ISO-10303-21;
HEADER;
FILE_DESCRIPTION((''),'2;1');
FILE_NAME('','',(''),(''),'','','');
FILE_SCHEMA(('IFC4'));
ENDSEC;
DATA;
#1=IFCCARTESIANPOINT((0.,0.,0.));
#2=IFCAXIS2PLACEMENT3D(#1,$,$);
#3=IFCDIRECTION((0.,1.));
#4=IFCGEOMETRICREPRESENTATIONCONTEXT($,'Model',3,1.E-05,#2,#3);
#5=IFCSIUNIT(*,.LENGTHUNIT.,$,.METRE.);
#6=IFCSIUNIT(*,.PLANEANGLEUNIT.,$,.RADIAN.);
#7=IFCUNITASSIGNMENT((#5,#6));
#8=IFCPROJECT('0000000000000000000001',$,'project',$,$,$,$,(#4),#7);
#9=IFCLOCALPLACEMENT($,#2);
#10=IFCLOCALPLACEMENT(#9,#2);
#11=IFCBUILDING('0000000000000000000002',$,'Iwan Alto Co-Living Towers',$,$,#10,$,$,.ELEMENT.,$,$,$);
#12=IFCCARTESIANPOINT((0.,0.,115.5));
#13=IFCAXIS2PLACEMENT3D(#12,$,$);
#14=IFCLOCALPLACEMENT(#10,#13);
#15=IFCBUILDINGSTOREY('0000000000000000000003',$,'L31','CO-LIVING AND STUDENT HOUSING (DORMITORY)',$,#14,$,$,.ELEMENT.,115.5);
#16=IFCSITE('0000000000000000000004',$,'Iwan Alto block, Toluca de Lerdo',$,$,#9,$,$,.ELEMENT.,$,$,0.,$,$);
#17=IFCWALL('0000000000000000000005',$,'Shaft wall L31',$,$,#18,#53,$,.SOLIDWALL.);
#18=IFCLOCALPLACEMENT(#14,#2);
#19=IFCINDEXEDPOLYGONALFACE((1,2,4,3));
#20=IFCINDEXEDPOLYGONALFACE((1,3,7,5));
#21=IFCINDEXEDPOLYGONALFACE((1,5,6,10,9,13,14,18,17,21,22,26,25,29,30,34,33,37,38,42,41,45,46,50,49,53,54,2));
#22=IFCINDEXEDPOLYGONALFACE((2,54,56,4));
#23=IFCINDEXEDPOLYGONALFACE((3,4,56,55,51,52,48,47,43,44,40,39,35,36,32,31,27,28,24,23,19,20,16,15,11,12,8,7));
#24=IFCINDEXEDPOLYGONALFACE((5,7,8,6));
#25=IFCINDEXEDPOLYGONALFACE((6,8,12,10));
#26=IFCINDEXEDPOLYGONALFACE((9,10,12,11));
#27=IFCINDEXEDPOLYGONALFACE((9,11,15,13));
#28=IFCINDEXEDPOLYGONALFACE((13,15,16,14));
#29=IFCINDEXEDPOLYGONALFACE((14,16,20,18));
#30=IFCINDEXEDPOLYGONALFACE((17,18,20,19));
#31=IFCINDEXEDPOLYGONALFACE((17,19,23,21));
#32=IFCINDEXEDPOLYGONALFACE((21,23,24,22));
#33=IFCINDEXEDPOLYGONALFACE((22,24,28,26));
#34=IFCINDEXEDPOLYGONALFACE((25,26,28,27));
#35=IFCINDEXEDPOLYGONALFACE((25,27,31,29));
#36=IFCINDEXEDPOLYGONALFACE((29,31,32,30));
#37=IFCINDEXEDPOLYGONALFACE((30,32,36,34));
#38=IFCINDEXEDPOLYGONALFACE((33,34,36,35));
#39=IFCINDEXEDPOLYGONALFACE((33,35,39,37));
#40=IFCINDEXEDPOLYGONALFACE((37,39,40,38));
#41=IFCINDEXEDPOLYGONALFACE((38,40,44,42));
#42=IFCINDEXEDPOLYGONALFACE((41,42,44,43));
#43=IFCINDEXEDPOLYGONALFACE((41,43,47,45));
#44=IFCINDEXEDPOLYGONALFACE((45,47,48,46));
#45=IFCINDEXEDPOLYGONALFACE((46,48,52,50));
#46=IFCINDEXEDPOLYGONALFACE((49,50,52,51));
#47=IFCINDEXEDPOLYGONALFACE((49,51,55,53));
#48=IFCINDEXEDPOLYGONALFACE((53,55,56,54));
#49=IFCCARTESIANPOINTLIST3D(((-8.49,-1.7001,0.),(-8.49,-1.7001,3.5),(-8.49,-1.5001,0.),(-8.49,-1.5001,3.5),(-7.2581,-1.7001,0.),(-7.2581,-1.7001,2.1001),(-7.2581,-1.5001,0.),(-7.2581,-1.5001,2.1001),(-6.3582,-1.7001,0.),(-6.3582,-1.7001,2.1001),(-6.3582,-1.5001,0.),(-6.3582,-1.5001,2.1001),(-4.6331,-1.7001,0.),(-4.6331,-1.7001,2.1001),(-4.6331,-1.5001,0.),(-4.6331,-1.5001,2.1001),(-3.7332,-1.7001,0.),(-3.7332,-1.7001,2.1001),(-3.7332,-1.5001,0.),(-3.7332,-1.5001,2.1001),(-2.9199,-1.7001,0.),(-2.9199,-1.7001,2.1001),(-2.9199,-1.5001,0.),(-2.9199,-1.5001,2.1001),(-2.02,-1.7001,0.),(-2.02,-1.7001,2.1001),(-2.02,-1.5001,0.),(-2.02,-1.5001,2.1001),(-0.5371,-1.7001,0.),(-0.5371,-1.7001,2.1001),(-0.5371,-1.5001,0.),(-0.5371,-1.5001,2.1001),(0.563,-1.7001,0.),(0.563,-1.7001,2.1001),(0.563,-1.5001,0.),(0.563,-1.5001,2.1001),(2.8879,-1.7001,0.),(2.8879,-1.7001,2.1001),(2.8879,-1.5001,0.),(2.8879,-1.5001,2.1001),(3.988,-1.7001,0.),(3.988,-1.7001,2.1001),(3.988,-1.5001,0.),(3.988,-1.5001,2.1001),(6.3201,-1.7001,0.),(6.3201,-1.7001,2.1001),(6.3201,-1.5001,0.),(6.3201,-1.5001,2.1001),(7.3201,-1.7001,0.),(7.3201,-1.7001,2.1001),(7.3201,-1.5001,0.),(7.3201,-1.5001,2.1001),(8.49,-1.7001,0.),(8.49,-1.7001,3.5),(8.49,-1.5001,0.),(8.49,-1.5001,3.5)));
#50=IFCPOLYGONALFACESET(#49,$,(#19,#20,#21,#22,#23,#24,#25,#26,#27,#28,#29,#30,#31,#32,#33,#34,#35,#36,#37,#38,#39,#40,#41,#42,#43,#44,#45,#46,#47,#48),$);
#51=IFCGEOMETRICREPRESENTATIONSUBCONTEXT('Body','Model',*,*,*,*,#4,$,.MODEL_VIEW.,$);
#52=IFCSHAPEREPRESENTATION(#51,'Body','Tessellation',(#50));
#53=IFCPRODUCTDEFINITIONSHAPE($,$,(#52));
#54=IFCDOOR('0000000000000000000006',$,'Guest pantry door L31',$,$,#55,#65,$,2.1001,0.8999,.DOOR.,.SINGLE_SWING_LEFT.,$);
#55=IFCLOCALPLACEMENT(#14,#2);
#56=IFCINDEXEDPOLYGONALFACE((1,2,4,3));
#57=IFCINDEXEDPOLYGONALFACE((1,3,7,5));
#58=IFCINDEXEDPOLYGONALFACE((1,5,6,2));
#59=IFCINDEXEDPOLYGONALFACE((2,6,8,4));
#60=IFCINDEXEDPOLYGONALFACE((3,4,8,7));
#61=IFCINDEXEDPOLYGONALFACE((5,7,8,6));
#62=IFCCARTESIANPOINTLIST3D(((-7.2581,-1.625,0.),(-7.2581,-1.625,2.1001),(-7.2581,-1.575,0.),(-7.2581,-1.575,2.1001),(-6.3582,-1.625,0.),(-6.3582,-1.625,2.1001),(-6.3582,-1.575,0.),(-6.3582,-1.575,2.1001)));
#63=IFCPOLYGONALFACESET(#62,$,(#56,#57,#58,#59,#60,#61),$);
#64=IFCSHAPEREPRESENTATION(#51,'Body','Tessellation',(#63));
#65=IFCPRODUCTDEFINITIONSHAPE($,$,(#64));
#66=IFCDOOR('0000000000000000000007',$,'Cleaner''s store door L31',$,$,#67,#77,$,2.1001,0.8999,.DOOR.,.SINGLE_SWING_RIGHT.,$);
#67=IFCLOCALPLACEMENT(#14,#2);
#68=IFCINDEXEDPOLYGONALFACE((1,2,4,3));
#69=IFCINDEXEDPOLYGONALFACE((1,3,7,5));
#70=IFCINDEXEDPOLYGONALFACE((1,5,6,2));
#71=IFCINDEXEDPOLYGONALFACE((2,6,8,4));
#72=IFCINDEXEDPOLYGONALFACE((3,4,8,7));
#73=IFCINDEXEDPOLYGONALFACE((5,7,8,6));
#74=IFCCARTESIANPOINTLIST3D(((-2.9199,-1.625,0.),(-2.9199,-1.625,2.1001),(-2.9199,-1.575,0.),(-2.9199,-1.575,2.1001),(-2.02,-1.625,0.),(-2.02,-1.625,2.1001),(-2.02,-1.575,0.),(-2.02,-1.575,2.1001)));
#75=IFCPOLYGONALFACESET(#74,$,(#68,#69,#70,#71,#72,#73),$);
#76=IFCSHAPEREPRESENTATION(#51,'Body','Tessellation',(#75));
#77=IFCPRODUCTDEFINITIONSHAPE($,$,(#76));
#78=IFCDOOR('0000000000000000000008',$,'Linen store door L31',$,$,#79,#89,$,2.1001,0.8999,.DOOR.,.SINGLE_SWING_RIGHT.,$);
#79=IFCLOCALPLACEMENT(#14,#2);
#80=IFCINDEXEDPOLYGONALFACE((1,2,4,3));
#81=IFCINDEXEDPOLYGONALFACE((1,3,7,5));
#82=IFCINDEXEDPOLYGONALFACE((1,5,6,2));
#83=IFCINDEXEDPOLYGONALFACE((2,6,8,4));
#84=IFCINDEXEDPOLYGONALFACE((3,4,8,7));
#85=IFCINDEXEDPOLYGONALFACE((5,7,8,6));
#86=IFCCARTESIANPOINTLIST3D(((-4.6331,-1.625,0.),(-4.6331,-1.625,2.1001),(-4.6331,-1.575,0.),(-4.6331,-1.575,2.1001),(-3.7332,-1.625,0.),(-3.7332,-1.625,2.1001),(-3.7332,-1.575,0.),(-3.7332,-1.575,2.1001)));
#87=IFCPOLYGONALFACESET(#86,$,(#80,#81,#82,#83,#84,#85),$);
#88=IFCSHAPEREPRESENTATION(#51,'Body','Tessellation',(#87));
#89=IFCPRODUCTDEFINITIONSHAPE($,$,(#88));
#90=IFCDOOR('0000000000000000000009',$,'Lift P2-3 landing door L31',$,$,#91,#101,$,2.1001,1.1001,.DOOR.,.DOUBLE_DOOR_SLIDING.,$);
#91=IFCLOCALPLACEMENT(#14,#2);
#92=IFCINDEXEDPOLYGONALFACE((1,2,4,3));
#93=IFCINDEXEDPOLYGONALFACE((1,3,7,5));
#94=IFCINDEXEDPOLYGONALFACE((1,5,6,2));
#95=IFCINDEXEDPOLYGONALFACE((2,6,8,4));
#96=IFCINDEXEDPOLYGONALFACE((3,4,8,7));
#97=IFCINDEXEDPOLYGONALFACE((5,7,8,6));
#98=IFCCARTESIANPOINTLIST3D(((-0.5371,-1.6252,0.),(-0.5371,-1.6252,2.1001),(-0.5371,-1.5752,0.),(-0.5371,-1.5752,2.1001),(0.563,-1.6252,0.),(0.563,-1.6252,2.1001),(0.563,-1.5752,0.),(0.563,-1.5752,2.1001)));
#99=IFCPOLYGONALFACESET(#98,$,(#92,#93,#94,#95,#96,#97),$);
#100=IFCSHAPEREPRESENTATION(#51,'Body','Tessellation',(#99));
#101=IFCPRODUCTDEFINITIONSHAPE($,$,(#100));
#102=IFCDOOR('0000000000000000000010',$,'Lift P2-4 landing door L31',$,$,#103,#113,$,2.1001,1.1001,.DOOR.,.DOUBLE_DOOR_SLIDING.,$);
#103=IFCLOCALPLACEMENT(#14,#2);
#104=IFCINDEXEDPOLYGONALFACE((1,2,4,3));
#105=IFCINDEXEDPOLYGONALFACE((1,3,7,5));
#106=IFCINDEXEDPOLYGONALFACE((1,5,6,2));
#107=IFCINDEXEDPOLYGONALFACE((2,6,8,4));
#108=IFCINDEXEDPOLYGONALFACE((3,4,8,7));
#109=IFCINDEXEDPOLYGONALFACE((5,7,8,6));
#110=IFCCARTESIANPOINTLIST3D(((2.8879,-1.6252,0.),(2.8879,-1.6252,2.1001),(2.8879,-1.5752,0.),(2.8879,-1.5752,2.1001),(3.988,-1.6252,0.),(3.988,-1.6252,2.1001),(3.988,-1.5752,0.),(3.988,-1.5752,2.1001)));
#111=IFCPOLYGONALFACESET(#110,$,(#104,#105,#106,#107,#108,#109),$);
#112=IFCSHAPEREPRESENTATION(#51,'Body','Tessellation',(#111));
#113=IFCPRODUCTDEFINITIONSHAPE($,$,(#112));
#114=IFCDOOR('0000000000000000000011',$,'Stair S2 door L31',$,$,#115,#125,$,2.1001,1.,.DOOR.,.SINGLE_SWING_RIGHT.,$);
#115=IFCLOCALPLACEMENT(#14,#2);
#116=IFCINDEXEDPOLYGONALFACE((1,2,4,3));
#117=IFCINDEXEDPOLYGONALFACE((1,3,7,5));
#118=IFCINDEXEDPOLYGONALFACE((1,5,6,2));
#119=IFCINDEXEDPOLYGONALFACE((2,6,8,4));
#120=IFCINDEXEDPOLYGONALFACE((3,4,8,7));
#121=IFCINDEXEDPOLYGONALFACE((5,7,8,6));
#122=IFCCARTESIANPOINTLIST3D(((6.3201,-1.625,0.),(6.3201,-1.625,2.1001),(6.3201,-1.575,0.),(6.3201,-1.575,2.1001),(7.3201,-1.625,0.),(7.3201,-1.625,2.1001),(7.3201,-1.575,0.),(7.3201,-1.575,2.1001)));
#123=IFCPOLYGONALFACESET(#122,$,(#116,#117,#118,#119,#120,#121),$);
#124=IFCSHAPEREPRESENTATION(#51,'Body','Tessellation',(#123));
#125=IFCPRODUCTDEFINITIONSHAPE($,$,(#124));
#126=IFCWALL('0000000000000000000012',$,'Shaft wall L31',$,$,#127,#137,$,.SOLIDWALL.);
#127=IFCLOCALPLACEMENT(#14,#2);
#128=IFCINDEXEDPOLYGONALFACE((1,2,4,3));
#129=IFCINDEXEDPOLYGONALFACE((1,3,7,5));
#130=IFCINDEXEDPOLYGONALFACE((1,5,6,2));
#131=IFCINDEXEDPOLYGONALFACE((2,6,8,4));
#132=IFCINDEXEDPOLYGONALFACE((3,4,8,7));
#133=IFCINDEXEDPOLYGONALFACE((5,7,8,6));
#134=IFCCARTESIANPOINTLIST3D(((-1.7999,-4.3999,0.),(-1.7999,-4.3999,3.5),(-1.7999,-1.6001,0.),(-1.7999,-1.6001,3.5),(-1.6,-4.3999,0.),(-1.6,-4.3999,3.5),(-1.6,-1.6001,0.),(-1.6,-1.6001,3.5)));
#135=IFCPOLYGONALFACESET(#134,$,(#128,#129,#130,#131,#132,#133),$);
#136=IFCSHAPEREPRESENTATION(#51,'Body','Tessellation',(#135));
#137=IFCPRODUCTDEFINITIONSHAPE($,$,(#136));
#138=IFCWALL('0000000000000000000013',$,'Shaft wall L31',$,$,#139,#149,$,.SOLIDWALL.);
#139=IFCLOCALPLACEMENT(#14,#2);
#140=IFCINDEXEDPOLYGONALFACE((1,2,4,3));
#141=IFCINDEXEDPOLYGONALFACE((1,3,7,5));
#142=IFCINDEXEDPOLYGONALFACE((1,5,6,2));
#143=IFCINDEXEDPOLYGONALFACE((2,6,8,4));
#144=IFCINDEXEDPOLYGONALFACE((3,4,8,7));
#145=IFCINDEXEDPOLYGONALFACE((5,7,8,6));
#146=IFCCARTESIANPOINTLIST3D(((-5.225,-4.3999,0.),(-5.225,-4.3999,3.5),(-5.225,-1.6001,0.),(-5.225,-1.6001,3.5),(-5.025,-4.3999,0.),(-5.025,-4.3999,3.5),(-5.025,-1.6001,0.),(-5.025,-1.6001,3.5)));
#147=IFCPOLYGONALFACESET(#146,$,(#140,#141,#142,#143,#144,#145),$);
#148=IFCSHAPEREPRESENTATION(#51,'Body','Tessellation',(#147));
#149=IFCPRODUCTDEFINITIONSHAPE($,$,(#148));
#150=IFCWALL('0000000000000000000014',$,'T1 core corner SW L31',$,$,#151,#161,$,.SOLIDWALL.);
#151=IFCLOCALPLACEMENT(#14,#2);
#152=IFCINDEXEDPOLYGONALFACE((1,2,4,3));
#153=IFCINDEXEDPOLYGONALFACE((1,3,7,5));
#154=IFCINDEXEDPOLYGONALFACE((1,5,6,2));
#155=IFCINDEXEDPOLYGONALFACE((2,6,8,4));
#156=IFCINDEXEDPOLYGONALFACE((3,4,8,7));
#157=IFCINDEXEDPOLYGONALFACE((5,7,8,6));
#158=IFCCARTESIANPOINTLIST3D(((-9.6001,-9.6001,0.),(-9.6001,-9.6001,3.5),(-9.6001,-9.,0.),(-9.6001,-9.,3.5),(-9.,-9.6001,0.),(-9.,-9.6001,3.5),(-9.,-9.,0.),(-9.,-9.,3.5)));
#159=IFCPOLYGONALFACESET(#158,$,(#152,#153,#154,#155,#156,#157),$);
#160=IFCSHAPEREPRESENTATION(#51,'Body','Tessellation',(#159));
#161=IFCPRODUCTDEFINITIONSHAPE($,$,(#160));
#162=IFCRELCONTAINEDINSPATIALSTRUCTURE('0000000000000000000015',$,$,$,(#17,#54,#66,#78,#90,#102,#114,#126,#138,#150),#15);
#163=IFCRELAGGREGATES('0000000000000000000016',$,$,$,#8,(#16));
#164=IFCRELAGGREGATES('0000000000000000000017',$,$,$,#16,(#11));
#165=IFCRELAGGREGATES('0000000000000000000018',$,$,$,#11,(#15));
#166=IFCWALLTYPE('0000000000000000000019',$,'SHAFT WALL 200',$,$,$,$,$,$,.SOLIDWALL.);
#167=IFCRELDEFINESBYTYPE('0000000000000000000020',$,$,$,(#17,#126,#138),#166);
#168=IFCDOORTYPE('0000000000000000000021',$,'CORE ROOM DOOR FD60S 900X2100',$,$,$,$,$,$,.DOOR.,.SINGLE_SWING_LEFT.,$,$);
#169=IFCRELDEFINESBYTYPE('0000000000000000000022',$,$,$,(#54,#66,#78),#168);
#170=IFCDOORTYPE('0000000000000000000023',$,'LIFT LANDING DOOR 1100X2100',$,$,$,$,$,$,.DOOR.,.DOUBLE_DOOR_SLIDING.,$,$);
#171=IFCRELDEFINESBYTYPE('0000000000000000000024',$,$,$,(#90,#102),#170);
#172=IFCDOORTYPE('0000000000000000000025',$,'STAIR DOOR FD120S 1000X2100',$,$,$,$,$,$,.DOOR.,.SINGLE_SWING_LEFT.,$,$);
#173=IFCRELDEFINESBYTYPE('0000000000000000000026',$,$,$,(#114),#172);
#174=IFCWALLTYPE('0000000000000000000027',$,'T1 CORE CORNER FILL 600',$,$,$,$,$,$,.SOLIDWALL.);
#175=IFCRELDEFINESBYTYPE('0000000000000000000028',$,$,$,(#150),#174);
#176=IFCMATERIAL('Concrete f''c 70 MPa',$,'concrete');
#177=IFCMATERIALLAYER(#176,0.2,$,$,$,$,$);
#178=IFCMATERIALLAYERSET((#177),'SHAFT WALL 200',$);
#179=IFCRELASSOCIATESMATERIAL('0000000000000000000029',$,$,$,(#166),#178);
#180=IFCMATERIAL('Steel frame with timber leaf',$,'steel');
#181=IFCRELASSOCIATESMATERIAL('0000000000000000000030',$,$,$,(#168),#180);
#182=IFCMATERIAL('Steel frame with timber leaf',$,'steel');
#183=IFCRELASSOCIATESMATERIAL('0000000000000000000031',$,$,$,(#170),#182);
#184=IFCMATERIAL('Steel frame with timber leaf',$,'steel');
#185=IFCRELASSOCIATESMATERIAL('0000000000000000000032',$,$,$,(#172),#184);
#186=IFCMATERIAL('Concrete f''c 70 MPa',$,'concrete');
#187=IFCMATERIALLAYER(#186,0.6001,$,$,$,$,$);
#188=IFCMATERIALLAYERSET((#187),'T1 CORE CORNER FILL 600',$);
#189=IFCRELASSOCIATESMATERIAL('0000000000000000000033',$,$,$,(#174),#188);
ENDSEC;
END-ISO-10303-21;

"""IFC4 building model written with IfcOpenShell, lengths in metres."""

from ifc_helpers import new_model, si_unit, direction, frame, frame_2d, origin, place, context, subcontext, project, spatial, rectangle, extrude, material, layer, layer_set, type_object, element, fill, save


model = new_model("IFC4")

# Units and contexts
model_context = context("Model", 3, precision=1e-05, world=origin(), true_north=direction((0.0, 1.0)))
body_context = subcontext(model_context, "Body", "Model", "MODEL_VIEW")
ifc_project = project(units=[si_unit("LENGTHUNIT", "METRE"), si_unit("PLANEANGLEUNIT", "RADIAN")], contexts=[model_context])

# Site, building, storey
site_placement = place(None, origin())
site = spatial("IfcSite", under=ifc_project, at=site_placement, Name="Iwan Alto block, Toluca de Lerdo", CompositionType="ELEMENT", RefElevation=0.0)
building_placement = place(site_placement, origin())
building = spatial("IfcBuilding", under=site, at=building_placement, Name="Iwan Alto Co-Living Towers", CompositionType="ELEMENT")
storey_placement = place(building_placement, frame((0.0, 0.0, 115.5)))
storey = spatial("IfcBuildingStorey", under=building, at=storey_placement, Name="L31", Description="CO-LIVING AND STUDENT HOUSING (DORMITORY)", CompositionType="ELEMENT", Elevation=115.5)

# Shared definitions
ifc_material_1 = material(Name="Concrete f'c 70 MPa", Category="concrete")
ifc_layer_1 = layer(ifc_material_1, 0.2)
ifc_layer_set_1 = layer_set([ifc_layer_1], Name="SHAFT WALL 200")
wall_type_1 = type_object("IfcWallType", Name="SHAFT WALL 200", PredefinedType="SOLIDWALL", material=ifc_layer_set_1)

# Wall, openings, doors
wall_1_placement = place(storey_placement, frame((-8.49, -1.6001, 0.0), z_axis=(0.0, 0.0, 1.0), x_axis=(1.0, 0.0, 0.0)))
wall_1 = element("IfcWall", 1, at=wall_1_placement, inside=storey, type_object=wall_type_1, Name="Shaft wall L31", PredefinedType="SOLIDWALL", context=body_context, shape_type="SweptSolid", body=[
    extrude(rectangle(XDim=16.98, YDim=0.2, at=frame_2d((8.49, 0.0))), origin(), (0.0, 0.0, 1.0), 3.5),
])
opening_1_placement = place(wall_1_placement, frame((14.8101, 0.0, 0.0)))
opening_1 = element("IfcOpeningElement", 2, at=opening_1_placement, cuts=wall_1, PredefinedType="OPENING", context=body_context, shape_type="SweptSolid", body=[
    extrude(rectangle(XDim=1.0, YDim=2.1001, at=frame_2d((0.5, 1.05))), frame((0.0, 0.1099, 0.0), z_axis=(0.0, -1.0, 0.0), x_axis=(1.0, 0.0, 0.0)), (0.0, 0.0, 1.0), 0.22),
])
opening_2_placement = place(wall_1_placement, frame((1.2319, 0.0, 0.0)))
opening_2 = element("IfcOpeningElement", 3, at=opening_2_placement, cuts=wall_1, PredefinedType="OPENING", context=body_context, shape_type="SweptSolid", body=[
    extrude(rectangle(XDim=0.8999, YDim=2.1001, at=frame_2d((0.45, 1.05))), frame((0.0, 0.1099, 0.0), z_axis=(0.0, -1.0, 0.0), x_axis=(1.0, 0.0, 0.0)), (0.0, 0.0, 1.0), 0.22),
])
opening_3_placement = place(wall_1_placement, frame((5.5701, 0.0, 0.0)))
opening_3 = element("IfcOpeningElement", 4, at=opening_3_placement, cuts=wall_1, PredefinedType="OPENING", context=body_context, shape_type="SweptSolid", body=[
    extrude(rectangle(XDim=0.8999, YDim=2.1001, at=frame_2d((0.45, 1.05))), frame((0.0, 0.1099, 0.0), z_axis=(0.0, -1.0, 0.0), x_axis=(1.0, 0.0, 0.0)), (0.0, 0.0, 1.0), 0.22),
])
opening_4_placement = place(wall_1_placement, frame((3.8569, 0.0, 0.0)))
opening_4 = element("IfcOpeningElement", 5, at=opening_4_placement, cuts=wall_1, PredefinedType="OPENING", context=body_context, shape_type="SweptSolid", body=[
    extrude(rectangle(XDim=0.8999, YDim=2.1001, at=frame_2d((0.45, 1.05))), frame((0.0, 0.1099, 0.0), z_axis=(0.0, -1.0, 0.0), x_axis=(1.0, 0.0, 0.0)), (0.0, 0.0, 1.0), 0.22),
])
opening_5_placement = place(wall_1_placement, frame((7.9529, 0.0, 0.0)))
opening_5 = element("IfcOpeningElement", 6, at=opening_5_placement, cuts=wall_1, PredefinedType="OPENING", context=body_context, shape_type="SweptSolid", body=[
    extrude(rectangle(XDim=1.1001, YDim=2.1001, at=frame_2d((0.55, 1.05))), frame((0.0, 0.1099, 0.0), z_axis=(0.0, -1.0, 0.0), x_axis=(1.0, 0.0, 0.0)), (0.0, 0.0, 1.0), 0.22),
])
opening_6_placement = place(wall_1_placement, frame((11.3779, 0.0, 0.0)))
opening_6 = element("IfcOpeningElement", 7, at=opening_6_placement, cuts=wall_1, PredefinedType="OPENING", context=body_context, shape_type="SweptSolid", body=[
    extrude(rectangle(XDim=1.1001, YDim=2.1001, at=frame_2d((0.55, 1.05))), frame((0.0, 0.1099, 0.0), z_axis=(0.0, -1.0, 0.0), x_axis=(1.0, 0.0, 0.0)), (0.0, 0.0, 1.0), 0.22),
])
ifc_material_2 = material(Name="Steel frame with timber leaf", Category="steel")
door_type_1 = type_object("IfcDoorType", Name="CORE ROOM DOOR FD60S 900X2100", OperationType="SINGLE_SWING_LEFT", PredefinedType="DOOR", material=ifc_material_2)
door_1_placement = place(opening_2_placement, frame((0.8999, 0.0, 0.0), z_axis=(0.0, 0.0, 1.0), x_axis=(-1.0, 0.0, 0.0)))
door_1 = element("IfcDoor", 8, at=door_1_placement, inside=storey, type_object=door_type_1, Name="Guest pantry door L31", OperationType="SINGLE_SWING_LEFT", OverallHeight=2.1001, OverallWidth=0.8999, PredefinedType="DOOR", context=body_context, shape_type="SweptSolid", body=[
    extrude(rectangle(XDim=0.8999, YDim=2.1001, at=frame_2d((0.45, 1.05))), frame((0.0, 0.0249, 0.0), z_axis=(0.0, -1.0, 0.0), x_axis=(1.0, 0.0, 0.0)), (0.0, 0.0, 1.0), 0.05),
])
fill(opening_2, door_1)
door_2_placement = place(opening_3_placement, frame((0.8999, 0.0, 0.0), z_axis=(0.0, 0.0, 1.0), x_axis=(-1.0, 0.0, 0.0)))
door_2 = element("IfcDoor", 9, at=door_2_placement, inside=storey, type_object=door_type_1, Name="Cleaner's store door L31", OperationType="SINGLE_SWING_RIGHT", OverallHeight=2.1001, OverallWidth=0.8999, PredefinedType="DOOR", context=body_context, shape_type="SweptSolid", body=[
    extrude(rectangle(XDim=0.8999, YDim=2.1001, at=frame_2d((0.45, 1.05))), frame((0.0, 0.0249, 0.0), z_axis=(0.0, -1.0, 0.0), x_axis=(1.0, 0.0, 0.0)), (0.0, 0.0, 1.0), 0.05),
])
fill(opening_3, door_2)
door_3_placement = place(opening_4_placement, frame((0.8999, 0.0, 0.0), z_axis=(0.0, 0.0, 1.0), x_axis=(-1.0, 0.0, 0.0)))
door_3 = element("IfcDoor", 10, at=door_3_placement, inside=storey, type_object=door_type_1, Name="Linen store door L31", OperationType="SINGLE_SWING_RIGHT", OverallHeight=2.1001, OverallWidth=0.8999, PredefinedType="DOOR", context=body_context, shape_type="SweptSolid", body=[
    extrude(rectangle(XDim=0.8999, YDim=2.1001, at=frame_2d((0.45, 1.05))), frame((0.0, 0.0249, 0.0), z_axis=(0.0, -1.0, 0.0), x_axis=(1.0, 0.0, 0.0)), (0.0, 0.0, 1.0), 0.05),
])
fill(opening_4, door_3)
ifc_material_3 = material(Name="Steel frame with timber leaf", Category="steel")
door_type_2 = type_object("IfcDoorType", Name="LIFT LANDING DOOR 1100X2100", OperationType="DOUBLE_DOOR_SLIDING", PredefinedType="DOOR", material=ifc_material_3)
door_4_placement = place(opening_5_placement, origin())
door_4 = element("IfcDoor", 11, at=door_4_placement, inside=storey, type_object=door_type_2, Name="Lift P2-3 landing door L31", OperationType="DOUBLE_DOOR_SLIDING", OverallHeight=2.1001, OverallWidth=1.1001, PredefinedType="DOOR", context=body_context, shape_type="SweptSolid", body=[
    extrude(rectangle(XDim=1.1001, YDim=2.1001, at=frame_2d((0.55, 1.05))), frame((0.0, 0.0249, 0.0), z_axis=(0.0, -1.0, 0.0), x_axis=(1.0, 0.0, 0.0)), (0.0, 0.0, 1.0), 0.05),
])
fill(opening_5, door_4)
door_5_placement = place(opening_6_placement, origin())
door_5 = element("IfcDoor", 12, at=door_5_placement, inside=storey, type_object=door_type_2, Name="Lift P2-4 landing door L31", OperationType="DOUBLE_DOOR_SLIDING", OverallHeight=2.1001, OverallWidth=1.1001, PredefinedType="DOOR", context=body_context, shape_type="SweptSolid", body=[
    extrude(rectangle(XDim=1.1001, YDim=2.1001, at=frame_2d((0.55, 1.05))), frame((0.0, 0.0249, 0.0), z_axis=(0.0, -1.0, 0.0), x_axis=(1.0, 0.0, 0.0)), (0.0, 0.0, 1.0), 0.05),
])
fill(opening_6, door_5)
ifc_material_4 = material(Name="Steel frame with timber leaf", Category="steel")
door_type_3 = type_object("IfcDoorType", Name="STAIR DOOR FD120S 1000X2100", OperationType="SINGLE_SWING_LEFT", PredefinedType="DOOR", material=ifc_material_4)
door_6_placement = place(opening_1_placement, frame((1.0, 0.0, 0.0), z_axis=(0.0, 0.0, 1.0), x_axis=(-1.0, 0.0, 0.0)))
door_6 = element("IfcDoor", 13, at=door_6_placement, inside=storey, type_object=door_type_3, Name="Stair S2 door L31", OperationType="SINGLE_SWING_RIGHT", OverallHeight=2.1001, OverallWidth=1.0, PredefinedType="DOOR", context=body_context, shape_type="SweptSolid", body=[
    extrude(rectangle(XDim=1.0, YDim=2.1001, at=frame_2d((0.5, 1.05))), frame((0.0, 0.0249, 0.0), z_axis=(0.0, -1.0, 0.0), x_axis=(1.0, 0.0, 0.0)), (0.0, 0.0, 1.0), 0.05),
])
fill(opening_1, door_6)

# Walls
for number, where, z_axis, x_axis, name in (
    (14, (-1.7, -4.3999, 0.0), (0.0, 0.0, 1.0), (0.0, 1.0, 0.0), "Shaft wall L31"),
    (15, (-5.125, -4.3999, 0.0), (0.0, 0.0, 1.0), (0.0, 1.0, 0.0), "Shaft wall L31"),
):
    element("IfcWall", number, at=place(storey_placement, frame(where, z_axis=z_axis, x_axis=x_axis)), inside=storey, type_object=wall_type_1, Name=name, PredefinedType="SOLIDWALL", context=body_context, shape_type="SweptSolid", body=[
        extrude(rectangle(XDim=2.7998, YDim=0.2, at=frame_2d((1.3999, 0.0))), origin(), (0.0, 0.0, 1.0), 3.5),
    ])
ifc_material_5 = material(Name="Concrete f'c 70 MPa", Category="concrete")
ifc_layer_2 = layer(ifc_material_5, 0.6001)
ifc_layer_set_2 = layer_set([ifc_layer_2], Name="T1 CORE CORNER FILL 600")
wall_type_2 = type_object("IfcWallType", Name="T1 CORE CORNER FILL 600", PredefinedType="SOLIDWALL", material=ifc_layer_set_2)
wall_2_placement = place(storey_placement, frame((-9.6001, -9.3, 0.0), z_axis=(0.0, 0.0, 1.0), x_axis=(1.0, 0.0, 0.0)))
element("IfcWall", 16, at=wall_2_placement, inside=storey, type_object=wall_type_2, Name="T1 core corner SW L31", PredefinedType="SOLIDWALL", context=body_context, shape_type="SweptSolid", body=[
    extrude(rectangle(XDim=0.6001, YDim=0.6001, at=frame_2d((0.3, 0.0))), origin(), (0.0, 0.0, 1.0), 3.5),
])

save(model, "model.ifc")
